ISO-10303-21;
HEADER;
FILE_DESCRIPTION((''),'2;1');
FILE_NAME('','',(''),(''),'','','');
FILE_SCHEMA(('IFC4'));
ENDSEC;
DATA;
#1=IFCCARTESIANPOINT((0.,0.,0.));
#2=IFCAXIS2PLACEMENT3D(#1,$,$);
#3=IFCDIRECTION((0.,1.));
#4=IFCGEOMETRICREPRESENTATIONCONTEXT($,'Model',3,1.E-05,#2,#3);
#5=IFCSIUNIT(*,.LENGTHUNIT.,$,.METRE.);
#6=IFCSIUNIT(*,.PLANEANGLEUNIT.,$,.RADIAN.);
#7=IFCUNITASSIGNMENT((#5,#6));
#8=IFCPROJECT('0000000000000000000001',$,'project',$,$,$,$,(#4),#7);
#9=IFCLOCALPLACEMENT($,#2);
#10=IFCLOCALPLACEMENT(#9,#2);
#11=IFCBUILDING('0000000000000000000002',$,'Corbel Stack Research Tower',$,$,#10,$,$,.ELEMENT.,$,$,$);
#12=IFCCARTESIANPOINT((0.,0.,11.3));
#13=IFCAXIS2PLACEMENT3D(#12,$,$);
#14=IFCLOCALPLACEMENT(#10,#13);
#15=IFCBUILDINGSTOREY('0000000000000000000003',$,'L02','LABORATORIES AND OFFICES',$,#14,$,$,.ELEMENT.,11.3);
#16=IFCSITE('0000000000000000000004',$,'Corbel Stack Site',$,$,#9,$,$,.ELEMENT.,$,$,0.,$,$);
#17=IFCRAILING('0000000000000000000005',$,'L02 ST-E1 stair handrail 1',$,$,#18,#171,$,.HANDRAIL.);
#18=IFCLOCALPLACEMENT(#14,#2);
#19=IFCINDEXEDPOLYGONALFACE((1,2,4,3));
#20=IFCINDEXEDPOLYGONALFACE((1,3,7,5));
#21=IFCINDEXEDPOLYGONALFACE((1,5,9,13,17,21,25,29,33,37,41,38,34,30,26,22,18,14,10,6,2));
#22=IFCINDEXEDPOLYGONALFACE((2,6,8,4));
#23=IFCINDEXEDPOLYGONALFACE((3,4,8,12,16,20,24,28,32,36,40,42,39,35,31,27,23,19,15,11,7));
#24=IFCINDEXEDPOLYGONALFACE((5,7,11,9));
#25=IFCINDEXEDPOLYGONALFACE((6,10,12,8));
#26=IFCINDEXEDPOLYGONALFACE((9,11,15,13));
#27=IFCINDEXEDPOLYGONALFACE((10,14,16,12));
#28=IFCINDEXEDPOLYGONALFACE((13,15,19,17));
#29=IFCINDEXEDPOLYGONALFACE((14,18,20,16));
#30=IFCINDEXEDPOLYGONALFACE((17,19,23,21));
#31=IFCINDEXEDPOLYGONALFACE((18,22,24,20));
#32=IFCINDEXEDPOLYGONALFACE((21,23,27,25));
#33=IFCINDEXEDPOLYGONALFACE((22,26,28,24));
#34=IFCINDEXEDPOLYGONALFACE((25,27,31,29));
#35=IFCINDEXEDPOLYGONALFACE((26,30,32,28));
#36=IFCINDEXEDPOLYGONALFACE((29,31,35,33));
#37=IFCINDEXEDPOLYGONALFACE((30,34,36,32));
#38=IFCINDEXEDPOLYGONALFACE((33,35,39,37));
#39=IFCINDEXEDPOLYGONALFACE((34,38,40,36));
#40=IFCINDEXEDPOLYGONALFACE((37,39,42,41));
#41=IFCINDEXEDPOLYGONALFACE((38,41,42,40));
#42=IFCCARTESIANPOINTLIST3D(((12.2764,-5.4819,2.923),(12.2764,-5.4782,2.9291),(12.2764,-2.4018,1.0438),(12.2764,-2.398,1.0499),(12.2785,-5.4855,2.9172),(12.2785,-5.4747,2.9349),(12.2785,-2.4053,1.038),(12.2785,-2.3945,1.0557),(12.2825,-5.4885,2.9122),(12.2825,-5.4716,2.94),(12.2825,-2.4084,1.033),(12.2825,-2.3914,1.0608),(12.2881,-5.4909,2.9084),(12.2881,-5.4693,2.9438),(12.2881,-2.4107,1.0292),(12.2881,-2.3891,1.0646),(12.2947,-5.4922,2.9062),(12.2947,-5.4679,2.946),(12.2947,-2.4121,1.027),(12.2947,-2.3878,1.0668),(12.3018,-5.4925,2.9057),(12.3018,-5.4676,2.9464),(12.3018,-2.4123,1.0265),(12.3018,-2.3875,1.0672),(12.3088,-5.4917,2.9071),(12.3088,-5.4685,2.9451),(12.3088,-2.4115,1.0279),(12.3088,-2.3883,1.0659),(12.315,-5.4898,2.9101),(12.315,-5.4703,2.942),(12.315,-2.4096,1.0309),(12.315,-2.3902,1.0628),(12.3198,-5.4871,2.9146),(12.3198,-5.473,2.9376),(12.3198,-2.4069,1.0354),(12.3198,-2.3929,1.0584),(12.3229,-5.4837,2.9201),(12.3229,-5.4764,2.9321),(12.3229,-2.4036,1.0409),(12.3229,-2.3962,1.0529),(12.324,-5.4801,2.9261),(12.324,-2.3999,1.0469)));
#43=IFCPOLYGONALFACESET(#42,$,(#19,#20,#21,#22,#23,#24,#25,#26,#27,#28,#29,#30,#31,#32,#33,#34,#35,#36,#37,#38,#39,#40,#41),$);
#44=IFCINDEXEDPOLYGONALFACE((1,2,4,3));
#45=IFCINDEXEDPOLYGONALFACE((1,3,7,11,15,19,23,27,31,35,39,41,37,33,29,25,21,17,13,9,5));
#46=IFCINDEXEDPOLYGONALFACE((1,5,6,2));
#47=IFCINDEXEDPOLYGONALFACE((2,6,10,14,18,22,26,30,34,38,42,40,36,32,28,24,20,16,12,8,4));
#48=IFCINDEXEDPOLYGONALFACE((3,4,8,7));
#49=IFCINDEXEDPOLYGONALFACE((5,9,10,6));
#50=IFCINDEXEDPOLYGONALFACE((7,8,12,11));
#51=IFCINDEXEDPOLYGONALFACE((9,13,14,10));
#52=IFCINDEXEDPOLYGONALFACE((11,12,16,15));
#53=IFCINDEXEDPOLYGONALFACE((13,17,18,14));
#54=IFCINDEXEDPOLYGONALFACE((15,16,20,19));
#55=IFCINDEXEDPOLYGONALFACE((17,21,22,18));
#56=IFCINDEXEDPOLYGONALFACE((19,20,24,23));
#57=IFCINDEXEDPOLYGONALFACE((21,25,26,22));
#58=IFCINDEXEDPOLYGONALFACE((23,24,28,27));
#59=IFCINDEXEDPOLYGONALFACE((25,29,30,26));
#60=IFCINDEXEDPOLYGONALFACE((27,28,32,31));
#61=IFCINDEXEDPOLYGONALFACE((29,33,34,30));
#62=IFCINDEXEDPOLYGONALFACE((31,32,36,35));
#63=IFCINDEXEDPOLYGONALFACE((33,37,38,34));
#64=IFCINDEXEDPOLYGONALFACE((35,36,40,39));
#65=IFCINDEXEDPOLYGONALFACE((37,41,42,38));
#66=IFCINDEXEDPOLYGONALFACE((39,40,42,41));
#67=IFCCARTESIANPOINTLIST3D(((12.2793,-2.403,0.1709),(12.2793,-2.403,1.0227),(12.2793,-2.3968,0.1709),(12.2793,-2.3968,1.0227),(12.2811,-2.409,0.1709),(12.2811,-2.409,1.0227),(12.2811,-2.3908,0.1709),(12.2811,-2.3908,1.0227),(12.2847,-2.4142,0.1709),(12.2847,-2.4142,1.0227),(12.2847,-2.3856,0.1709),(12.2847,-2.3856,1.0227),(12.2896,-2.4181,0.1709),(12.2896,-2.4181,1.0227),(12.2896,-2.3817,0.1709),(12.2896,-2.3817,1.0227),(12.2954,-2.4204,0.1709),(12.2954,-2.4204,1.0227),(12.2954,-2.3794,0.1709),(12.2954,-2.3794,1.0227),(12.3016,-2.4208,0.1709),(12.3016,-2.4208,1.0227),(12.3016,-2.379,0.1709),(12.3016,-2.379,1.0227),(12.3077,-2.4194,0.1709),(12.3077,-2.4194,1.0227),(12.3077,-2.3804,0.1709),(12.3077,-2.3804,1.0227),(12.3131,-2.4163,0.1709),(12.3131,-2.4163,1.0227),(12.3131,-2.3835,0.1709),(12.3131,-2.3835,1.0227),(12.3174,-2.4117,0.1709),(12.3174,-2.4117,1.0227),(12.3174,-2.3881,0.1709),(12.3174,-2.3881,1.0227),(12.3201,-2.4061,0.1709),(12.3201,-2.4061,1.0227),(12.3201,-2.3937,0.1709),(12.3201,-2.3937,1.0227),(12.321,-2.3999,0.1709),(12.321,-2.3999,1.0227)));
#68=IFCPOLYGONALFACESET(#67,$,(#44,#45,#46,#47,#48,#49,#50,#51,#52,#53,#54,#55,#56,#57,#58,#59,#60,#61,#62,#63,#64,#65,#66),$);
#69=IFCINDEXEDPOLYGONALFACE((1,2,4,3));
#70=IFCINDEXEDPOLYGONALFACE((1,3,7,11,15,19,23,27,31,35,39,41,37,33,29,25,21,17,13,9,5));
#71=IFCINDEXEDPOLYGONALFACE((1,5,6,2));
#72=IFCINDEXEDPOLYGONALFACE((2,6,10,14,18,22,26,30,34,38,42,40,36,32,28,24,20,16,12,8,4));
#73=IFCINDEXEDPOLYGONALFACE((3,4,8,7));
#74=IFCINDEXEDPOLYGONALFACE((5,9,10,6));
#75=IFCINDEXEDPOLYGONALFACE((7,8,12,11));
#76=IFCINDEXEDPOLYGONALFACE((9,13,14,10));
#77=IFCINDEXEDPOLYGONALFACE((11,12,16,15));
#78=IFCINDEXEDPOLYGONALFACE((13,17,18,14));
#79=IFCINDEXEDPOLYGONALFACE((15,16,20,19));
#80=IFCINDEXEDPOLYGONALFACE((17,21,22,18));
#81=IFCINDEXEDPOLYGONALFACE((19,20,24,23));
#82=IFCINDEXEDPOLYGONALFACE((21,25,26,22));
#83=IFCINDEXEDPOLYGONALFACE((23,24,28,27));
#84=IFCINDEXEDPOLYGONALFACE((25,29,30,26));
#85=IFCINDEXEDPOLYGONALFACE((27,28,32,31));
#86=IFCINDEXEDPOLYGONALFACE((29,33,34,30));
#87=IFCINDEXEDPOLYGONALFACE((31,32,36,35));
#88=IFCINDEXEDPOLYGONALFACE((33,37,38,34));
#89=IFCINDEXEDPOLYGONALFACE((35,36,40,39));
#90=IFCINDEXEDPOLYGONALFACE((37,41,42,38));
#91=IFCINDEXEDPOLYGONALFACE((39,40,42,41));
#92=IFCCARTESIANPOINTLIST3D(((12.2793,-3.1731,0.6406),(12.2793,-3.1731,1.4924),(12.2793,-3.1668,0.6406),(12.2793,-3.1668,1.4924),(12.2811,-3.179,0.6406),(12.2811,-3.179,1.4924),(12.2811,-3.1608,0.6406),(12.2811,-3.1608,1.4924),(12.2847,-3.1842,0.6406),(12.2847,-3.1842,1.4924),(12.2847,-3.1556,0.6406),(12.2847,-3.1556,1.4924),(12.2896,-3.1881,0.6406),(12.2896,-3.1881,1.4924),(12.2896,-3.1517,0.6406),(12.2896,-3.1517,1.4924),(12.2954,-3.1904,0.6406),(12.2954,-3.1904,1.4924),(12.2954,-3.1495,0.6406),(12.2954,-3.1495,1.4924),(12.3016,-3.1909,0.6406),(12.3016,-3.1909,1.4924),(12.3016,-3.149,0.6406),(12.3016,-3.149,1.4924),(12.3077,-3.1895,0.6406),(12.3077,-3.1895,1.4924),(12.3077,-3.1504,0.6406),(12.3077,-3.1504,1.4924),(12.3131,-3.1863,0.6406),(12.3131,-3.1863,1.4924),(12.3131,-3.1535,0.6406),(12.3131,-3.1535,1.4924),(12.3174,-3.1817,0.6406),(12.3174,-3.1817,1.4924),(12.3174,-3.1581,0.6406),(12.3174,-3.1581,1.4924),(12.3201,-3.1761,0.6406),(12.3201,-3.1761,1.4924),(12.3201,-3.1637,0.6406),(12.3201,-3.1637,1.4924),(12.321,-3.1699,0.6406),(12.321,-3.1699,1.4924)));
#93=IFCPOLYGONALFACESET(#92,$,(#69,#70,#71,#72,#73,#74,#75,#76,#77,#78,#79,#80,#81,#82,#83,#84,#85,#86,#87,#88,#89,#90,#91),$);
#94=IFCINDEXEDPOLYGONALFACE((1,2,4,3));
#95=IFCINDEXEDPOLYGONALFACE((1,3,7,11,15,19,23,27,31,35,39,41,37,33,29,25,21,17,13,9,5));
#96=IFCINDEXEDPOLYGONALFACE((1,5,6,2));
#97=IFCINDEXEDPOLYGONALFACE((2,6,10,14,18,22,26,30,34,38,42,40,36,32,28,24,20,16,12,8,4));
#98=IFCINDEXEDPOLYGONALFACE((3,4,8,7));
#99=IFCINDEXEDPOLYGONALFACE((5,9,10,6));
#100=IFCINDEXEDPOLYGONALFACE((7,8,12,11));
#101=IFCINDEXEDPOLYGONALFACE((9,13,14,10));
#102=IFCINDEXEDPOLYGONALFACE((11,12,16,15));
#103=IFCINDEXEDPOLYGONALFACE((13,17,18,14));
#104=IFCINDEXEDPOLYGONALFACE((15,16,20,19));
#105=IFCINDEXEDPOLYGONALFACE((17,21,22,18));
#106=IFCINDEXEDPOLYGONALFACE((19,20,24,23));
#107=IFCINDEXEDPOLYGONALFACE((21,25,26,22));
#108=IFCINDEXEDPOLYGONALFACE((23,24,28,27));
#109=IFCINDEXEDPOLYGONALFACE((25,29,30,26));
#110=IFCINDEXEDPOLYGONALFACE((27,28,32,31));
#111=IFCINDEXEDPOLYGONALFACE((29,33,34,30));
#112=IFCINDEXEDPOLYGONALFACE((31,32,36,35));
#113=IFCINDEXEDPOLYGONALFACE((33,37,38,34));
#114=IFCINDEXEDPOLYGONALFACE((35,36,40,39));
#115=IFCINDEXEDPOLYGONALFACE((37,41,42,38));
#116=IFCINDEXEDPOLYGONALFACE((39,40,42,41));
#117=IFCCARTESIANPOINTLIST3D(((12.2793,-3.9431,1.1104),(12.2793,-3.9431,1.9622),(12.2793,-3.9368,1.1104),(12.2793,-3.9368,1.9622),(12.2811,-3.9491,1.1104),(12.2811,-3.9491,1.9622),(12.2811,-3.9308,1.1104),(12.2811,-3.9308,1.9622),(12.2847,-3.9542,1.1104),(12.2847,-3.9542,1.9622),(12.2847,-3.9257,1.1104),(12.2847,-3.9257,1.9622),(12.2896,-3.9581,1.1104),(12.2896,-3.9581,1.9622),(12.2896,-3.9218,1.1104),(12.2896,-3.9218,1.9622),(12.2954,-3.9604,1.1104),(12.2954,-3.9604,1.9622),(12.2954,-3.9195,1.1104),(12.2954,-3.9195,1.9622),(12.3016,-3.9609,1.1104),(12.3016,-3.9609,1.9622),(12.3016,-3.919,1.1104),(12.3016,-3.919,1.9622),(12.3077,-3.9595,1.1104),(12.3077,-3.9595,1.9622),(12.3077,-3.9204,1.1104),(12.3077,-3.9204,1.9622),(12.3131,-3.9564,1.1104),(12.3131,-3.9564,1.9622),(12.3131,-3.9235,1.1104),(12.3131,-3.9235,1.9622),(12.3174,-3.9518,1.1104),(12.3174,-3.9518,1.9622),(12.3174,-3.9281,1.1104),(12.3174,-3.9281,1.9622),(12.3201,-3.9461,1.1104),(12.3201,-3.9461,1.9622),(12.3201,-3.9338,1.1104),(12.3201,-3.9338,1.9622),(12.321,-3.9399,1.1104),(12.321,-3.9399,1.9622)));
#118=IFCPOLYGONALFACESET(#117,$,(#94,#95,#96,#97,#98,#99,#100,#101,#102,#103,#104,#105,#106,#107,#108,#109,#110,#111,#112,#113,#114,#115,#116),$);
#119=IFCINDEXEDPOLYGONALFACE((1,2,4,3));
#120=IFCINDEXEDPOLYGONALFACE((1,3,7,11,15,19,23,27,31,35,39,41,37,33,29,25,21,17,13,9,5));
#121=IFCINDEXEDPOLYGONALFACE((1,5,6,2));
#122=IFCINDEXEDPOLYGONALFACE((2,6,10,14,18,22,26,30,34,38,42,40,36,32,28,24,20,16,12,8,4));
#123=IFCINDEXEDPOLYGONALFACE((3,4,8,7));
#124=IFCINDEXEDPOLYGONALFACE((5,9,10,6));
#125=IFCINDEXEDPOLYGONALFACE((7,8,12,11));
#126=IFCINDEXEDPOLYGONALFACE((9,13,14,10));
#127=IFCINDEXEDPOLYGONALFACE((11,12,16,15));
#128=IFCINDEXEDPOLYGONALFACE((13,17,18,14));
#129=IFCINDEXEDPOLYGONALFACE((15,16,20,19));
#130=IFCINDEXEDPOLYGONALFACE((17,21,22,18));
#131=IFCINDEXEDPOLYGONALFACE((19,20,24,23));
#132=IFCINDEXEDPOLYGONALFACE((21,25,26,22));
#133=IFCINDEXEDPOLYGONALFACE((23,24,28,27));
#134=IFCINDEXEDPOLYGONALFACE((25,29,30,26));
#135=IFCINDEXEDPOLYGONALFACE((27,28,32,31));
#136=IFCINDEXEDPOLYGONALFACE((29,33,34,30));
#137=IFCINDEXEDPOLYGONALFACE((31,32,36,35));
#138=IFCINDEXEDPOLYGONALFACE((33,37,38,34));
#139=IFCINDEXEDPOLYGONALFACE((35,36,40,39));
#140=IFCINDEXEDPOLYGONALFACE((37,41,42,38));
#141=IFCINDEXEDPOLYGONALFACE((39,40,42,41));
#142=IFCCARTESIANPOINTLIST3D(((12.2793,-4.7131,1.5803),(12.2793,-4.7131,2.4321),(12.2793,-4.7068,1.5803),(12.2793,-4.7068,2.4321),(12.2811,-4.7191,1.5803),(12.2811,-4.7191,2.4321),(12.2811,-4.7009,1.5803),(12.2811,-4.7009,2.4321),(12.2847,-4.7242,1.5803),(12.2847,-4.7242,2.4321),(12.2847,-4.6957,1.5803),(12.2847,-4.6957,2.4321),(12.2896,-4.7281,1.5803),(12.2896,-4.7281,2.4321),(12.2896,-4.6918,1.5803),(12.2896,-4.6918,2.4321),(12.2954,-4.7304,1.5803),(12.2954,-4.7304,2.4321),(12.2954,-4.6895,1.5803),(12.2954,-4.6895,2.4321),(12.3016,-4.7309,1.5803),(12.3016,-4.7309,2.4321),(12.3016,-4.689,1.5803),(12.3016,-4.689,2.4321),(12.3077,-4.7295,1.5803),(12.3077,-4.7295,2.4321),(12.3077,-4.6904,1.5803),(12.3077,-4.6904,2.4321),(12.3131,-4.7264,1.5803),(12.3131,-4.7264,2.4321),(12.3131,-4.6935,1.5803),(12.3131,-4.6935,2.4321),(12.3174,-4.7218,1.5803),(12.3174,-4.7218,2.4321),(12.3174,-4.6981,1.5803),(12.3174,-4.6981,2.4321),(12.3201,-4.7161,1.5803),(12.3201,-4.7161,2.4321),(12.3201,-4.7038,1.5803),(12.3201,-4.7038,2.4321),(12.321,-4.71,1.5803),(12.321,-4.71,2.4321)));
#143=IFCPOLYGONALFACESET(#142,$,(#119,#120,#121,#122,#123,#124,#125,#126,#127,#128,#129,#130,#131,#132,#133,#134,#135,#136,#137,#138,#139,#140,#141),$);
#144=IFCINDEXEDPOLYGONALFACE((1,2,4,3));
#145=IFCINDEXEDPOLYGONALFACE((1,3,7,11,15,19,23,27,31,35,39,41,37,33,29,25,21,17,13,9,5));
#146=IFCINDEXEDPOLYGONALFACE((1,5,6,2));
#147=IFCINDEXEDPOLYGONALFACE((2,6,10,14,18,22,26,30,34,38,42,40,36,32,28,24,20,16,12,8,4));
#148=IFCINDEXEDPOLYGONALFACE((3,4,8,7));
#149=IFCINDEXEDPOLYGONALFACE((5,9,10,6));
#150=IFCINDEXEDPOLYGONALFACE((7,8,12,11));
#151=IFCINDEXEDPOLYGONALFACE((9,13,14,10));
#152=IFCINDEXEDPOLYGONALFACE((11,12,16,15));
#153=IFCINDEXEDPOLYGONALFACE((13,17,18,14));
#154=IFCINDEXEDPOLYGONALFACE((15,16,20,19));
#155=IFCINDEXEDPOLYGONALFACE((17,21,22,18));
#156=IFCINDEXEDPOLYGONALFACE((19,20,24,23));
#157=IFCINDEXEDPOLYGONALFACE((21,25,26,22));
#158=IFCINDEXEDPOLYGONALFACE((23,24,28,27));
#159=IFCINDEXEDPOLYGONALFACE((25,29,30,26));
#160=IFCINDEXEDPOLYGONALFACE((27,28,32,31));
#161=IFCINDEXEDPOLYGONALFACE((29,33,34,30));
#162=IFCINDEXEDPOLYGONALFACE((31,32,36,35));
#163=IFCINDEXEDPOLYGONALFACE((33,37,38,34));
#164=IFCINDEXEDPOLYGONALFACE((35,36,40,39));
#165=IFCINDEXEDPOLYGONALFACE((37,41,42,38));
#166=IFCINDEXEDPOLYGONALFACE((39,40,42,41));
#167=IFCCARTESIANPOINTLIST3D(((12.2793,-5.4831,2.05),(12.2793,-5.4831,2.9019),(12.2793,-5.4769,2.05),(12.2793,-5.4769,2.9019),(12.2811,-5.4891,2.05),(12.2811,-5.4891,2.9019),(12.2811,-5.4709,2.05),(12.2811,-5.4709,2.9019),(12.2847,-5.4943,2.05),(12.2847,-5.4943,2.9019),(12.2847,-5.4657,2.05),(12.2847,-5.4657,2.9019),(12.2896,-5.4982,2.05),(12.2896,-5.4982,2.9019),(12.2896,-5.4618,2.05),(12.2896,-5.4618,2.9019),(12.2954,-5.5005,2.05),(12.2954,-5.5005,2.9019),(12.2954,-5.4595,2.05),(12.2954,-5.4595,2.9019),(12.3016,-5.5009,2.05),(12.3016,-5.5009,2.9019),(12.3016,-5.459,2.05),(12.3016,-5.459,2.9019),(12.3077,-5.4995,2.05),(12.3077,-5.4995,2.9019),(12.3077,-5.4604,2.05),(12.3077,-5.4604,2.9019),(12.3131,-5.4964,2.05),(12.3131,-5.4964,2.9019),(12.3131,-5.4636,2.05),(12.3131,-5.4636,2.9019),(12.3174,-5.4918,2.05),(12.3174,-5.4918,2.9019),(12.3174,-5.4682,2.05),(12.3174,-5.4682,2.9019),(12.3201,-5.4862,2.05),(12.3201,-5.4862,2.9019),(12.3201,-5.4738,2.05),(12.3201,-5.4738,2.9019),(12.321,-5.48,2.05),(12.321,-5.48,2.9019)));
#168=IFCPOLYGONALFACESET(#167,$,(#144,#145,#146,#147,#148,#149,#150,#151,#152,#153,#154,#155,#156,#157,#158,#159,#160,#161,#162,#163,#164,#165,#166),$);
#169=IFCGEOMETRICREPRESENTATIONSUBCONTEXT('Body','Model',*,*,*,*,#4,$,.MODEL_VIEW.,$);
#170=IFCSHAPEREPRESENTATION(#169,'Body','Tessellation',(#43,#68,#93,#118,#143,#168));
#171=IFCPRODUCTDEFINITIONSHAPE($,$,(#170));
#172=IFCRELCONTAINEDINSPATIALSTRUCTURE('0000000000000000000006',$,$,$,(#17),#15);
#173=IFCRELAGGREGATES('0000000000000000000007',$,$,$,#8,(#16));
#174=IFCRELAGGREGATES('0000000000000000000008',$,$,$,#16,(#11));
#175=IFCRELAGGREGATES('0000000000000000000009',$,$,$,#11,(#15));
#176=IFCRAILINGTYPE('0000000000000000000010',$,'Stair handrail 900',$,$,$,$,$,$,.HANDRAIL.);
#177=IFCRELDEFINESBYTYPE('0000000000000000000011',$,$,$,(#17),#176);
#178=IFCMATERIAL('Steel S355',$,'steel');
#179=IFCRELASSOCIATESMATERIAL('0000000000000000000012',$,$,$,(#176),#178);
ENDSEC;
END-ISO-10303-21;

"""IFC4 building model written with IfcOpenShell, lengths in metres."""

from ifc_helpers import new_model, si_unit, direction, frame, origin, origin_2d, place, context, subcontext, project, spatial, circle, extrude, material, type_object, element, save


model = new_model("IFC4")

# Units and contexts
model_context = context("Model", 3, precision=1e-05, world=origin(), true_north=direction((0.0, 1.0)))
body_context = subcontext(model_context, "Body", "Model", "MODEL_VIEW")
ifc_project = project(units=[si_unit("LENGTHUNIT", "METRE"), si_unit("PLANEANGLEUNIT", "RADIAN")], contexts=[model_context])

# Site, building, storey
site_placement = place(None, origin())
site = spatial("IfcSite", under=ifc_project, at=site_placement, Name="Corbel Stack Site", CompositionType="ELEMENT", RefElevation=0.0)
building_placement = place(site_placement, origin())
building = spatial("IfcBuilding", under=site, at=building_placement, Name="Corbel Stack Research Tower", CompositionType="ELEMENT")
storey_placement = place(building_placement, frame((0.0, 0.0, 11.3)))
storey = spatial("IfcBuildingStorey", under=building, at=storey_placement, Name="L02", Description="LABORATORIES AND OFFICES", CompositionType="ELEMENT", Elevation=11.3)

# Railing
ifc_material_1 = material(Name="Steel S355", Category="steel")
railing_type_1 = type_object("IfcRailingType", Name="Stair handrail 900", PredefinedType="HANDRAIL", material=ifc_material_1)
railing_1_placement = place(storey_placement, frame((12.3, -2.3999, 0.1709)))
element("IfcRailing", 1, at=railing_1_placement, inside=storey, type_object=railing_type_1, Name="L02 ST-E1 stair handrail 1", PredefinedType="HANDRAIL", context=body_context, shape_type="SweptSolid", body=[
    extrude(circle(Radius=0.0239, at=origin_2d()), frame((0.0, 0.0, 0.876), z_axis=(0.0, -0.853666, 0.52082), x_axis=(1.0, 0.0, 0.0)), (0.0, 0.0, 1.0), 3.6082),
    extrude(circle(Radius=0.021, at=origin_2d()), origin(), (0.0, 0.0, 1.0), 0.8518),
    extrude(circle(Radius=0.021, at=origin_2d()), frame((0.0, -0.77, 0.4697)), (0.0, 0.0, 1.0), 0.8518),
    extrude(circle(Radius=0.021, at=origin_2d()), frame((0.0, -1.54, 0.9395)), (0.0, 0.0, 1.0), 0.8518),
    extrude(circle(Radius=0.021, at=origin_2d()), frame((0.0, -2.3101, 1.4094)), (0.0, 0.0, 1.0), 0.8518),
    extrude(circle(Radius=0.021, at=origin_2d()), frame((0.0, -3.0801, 1.8792)), (0.0, 0.0, 1.0), 0.8518),
])

save(model, "model.ifc")
